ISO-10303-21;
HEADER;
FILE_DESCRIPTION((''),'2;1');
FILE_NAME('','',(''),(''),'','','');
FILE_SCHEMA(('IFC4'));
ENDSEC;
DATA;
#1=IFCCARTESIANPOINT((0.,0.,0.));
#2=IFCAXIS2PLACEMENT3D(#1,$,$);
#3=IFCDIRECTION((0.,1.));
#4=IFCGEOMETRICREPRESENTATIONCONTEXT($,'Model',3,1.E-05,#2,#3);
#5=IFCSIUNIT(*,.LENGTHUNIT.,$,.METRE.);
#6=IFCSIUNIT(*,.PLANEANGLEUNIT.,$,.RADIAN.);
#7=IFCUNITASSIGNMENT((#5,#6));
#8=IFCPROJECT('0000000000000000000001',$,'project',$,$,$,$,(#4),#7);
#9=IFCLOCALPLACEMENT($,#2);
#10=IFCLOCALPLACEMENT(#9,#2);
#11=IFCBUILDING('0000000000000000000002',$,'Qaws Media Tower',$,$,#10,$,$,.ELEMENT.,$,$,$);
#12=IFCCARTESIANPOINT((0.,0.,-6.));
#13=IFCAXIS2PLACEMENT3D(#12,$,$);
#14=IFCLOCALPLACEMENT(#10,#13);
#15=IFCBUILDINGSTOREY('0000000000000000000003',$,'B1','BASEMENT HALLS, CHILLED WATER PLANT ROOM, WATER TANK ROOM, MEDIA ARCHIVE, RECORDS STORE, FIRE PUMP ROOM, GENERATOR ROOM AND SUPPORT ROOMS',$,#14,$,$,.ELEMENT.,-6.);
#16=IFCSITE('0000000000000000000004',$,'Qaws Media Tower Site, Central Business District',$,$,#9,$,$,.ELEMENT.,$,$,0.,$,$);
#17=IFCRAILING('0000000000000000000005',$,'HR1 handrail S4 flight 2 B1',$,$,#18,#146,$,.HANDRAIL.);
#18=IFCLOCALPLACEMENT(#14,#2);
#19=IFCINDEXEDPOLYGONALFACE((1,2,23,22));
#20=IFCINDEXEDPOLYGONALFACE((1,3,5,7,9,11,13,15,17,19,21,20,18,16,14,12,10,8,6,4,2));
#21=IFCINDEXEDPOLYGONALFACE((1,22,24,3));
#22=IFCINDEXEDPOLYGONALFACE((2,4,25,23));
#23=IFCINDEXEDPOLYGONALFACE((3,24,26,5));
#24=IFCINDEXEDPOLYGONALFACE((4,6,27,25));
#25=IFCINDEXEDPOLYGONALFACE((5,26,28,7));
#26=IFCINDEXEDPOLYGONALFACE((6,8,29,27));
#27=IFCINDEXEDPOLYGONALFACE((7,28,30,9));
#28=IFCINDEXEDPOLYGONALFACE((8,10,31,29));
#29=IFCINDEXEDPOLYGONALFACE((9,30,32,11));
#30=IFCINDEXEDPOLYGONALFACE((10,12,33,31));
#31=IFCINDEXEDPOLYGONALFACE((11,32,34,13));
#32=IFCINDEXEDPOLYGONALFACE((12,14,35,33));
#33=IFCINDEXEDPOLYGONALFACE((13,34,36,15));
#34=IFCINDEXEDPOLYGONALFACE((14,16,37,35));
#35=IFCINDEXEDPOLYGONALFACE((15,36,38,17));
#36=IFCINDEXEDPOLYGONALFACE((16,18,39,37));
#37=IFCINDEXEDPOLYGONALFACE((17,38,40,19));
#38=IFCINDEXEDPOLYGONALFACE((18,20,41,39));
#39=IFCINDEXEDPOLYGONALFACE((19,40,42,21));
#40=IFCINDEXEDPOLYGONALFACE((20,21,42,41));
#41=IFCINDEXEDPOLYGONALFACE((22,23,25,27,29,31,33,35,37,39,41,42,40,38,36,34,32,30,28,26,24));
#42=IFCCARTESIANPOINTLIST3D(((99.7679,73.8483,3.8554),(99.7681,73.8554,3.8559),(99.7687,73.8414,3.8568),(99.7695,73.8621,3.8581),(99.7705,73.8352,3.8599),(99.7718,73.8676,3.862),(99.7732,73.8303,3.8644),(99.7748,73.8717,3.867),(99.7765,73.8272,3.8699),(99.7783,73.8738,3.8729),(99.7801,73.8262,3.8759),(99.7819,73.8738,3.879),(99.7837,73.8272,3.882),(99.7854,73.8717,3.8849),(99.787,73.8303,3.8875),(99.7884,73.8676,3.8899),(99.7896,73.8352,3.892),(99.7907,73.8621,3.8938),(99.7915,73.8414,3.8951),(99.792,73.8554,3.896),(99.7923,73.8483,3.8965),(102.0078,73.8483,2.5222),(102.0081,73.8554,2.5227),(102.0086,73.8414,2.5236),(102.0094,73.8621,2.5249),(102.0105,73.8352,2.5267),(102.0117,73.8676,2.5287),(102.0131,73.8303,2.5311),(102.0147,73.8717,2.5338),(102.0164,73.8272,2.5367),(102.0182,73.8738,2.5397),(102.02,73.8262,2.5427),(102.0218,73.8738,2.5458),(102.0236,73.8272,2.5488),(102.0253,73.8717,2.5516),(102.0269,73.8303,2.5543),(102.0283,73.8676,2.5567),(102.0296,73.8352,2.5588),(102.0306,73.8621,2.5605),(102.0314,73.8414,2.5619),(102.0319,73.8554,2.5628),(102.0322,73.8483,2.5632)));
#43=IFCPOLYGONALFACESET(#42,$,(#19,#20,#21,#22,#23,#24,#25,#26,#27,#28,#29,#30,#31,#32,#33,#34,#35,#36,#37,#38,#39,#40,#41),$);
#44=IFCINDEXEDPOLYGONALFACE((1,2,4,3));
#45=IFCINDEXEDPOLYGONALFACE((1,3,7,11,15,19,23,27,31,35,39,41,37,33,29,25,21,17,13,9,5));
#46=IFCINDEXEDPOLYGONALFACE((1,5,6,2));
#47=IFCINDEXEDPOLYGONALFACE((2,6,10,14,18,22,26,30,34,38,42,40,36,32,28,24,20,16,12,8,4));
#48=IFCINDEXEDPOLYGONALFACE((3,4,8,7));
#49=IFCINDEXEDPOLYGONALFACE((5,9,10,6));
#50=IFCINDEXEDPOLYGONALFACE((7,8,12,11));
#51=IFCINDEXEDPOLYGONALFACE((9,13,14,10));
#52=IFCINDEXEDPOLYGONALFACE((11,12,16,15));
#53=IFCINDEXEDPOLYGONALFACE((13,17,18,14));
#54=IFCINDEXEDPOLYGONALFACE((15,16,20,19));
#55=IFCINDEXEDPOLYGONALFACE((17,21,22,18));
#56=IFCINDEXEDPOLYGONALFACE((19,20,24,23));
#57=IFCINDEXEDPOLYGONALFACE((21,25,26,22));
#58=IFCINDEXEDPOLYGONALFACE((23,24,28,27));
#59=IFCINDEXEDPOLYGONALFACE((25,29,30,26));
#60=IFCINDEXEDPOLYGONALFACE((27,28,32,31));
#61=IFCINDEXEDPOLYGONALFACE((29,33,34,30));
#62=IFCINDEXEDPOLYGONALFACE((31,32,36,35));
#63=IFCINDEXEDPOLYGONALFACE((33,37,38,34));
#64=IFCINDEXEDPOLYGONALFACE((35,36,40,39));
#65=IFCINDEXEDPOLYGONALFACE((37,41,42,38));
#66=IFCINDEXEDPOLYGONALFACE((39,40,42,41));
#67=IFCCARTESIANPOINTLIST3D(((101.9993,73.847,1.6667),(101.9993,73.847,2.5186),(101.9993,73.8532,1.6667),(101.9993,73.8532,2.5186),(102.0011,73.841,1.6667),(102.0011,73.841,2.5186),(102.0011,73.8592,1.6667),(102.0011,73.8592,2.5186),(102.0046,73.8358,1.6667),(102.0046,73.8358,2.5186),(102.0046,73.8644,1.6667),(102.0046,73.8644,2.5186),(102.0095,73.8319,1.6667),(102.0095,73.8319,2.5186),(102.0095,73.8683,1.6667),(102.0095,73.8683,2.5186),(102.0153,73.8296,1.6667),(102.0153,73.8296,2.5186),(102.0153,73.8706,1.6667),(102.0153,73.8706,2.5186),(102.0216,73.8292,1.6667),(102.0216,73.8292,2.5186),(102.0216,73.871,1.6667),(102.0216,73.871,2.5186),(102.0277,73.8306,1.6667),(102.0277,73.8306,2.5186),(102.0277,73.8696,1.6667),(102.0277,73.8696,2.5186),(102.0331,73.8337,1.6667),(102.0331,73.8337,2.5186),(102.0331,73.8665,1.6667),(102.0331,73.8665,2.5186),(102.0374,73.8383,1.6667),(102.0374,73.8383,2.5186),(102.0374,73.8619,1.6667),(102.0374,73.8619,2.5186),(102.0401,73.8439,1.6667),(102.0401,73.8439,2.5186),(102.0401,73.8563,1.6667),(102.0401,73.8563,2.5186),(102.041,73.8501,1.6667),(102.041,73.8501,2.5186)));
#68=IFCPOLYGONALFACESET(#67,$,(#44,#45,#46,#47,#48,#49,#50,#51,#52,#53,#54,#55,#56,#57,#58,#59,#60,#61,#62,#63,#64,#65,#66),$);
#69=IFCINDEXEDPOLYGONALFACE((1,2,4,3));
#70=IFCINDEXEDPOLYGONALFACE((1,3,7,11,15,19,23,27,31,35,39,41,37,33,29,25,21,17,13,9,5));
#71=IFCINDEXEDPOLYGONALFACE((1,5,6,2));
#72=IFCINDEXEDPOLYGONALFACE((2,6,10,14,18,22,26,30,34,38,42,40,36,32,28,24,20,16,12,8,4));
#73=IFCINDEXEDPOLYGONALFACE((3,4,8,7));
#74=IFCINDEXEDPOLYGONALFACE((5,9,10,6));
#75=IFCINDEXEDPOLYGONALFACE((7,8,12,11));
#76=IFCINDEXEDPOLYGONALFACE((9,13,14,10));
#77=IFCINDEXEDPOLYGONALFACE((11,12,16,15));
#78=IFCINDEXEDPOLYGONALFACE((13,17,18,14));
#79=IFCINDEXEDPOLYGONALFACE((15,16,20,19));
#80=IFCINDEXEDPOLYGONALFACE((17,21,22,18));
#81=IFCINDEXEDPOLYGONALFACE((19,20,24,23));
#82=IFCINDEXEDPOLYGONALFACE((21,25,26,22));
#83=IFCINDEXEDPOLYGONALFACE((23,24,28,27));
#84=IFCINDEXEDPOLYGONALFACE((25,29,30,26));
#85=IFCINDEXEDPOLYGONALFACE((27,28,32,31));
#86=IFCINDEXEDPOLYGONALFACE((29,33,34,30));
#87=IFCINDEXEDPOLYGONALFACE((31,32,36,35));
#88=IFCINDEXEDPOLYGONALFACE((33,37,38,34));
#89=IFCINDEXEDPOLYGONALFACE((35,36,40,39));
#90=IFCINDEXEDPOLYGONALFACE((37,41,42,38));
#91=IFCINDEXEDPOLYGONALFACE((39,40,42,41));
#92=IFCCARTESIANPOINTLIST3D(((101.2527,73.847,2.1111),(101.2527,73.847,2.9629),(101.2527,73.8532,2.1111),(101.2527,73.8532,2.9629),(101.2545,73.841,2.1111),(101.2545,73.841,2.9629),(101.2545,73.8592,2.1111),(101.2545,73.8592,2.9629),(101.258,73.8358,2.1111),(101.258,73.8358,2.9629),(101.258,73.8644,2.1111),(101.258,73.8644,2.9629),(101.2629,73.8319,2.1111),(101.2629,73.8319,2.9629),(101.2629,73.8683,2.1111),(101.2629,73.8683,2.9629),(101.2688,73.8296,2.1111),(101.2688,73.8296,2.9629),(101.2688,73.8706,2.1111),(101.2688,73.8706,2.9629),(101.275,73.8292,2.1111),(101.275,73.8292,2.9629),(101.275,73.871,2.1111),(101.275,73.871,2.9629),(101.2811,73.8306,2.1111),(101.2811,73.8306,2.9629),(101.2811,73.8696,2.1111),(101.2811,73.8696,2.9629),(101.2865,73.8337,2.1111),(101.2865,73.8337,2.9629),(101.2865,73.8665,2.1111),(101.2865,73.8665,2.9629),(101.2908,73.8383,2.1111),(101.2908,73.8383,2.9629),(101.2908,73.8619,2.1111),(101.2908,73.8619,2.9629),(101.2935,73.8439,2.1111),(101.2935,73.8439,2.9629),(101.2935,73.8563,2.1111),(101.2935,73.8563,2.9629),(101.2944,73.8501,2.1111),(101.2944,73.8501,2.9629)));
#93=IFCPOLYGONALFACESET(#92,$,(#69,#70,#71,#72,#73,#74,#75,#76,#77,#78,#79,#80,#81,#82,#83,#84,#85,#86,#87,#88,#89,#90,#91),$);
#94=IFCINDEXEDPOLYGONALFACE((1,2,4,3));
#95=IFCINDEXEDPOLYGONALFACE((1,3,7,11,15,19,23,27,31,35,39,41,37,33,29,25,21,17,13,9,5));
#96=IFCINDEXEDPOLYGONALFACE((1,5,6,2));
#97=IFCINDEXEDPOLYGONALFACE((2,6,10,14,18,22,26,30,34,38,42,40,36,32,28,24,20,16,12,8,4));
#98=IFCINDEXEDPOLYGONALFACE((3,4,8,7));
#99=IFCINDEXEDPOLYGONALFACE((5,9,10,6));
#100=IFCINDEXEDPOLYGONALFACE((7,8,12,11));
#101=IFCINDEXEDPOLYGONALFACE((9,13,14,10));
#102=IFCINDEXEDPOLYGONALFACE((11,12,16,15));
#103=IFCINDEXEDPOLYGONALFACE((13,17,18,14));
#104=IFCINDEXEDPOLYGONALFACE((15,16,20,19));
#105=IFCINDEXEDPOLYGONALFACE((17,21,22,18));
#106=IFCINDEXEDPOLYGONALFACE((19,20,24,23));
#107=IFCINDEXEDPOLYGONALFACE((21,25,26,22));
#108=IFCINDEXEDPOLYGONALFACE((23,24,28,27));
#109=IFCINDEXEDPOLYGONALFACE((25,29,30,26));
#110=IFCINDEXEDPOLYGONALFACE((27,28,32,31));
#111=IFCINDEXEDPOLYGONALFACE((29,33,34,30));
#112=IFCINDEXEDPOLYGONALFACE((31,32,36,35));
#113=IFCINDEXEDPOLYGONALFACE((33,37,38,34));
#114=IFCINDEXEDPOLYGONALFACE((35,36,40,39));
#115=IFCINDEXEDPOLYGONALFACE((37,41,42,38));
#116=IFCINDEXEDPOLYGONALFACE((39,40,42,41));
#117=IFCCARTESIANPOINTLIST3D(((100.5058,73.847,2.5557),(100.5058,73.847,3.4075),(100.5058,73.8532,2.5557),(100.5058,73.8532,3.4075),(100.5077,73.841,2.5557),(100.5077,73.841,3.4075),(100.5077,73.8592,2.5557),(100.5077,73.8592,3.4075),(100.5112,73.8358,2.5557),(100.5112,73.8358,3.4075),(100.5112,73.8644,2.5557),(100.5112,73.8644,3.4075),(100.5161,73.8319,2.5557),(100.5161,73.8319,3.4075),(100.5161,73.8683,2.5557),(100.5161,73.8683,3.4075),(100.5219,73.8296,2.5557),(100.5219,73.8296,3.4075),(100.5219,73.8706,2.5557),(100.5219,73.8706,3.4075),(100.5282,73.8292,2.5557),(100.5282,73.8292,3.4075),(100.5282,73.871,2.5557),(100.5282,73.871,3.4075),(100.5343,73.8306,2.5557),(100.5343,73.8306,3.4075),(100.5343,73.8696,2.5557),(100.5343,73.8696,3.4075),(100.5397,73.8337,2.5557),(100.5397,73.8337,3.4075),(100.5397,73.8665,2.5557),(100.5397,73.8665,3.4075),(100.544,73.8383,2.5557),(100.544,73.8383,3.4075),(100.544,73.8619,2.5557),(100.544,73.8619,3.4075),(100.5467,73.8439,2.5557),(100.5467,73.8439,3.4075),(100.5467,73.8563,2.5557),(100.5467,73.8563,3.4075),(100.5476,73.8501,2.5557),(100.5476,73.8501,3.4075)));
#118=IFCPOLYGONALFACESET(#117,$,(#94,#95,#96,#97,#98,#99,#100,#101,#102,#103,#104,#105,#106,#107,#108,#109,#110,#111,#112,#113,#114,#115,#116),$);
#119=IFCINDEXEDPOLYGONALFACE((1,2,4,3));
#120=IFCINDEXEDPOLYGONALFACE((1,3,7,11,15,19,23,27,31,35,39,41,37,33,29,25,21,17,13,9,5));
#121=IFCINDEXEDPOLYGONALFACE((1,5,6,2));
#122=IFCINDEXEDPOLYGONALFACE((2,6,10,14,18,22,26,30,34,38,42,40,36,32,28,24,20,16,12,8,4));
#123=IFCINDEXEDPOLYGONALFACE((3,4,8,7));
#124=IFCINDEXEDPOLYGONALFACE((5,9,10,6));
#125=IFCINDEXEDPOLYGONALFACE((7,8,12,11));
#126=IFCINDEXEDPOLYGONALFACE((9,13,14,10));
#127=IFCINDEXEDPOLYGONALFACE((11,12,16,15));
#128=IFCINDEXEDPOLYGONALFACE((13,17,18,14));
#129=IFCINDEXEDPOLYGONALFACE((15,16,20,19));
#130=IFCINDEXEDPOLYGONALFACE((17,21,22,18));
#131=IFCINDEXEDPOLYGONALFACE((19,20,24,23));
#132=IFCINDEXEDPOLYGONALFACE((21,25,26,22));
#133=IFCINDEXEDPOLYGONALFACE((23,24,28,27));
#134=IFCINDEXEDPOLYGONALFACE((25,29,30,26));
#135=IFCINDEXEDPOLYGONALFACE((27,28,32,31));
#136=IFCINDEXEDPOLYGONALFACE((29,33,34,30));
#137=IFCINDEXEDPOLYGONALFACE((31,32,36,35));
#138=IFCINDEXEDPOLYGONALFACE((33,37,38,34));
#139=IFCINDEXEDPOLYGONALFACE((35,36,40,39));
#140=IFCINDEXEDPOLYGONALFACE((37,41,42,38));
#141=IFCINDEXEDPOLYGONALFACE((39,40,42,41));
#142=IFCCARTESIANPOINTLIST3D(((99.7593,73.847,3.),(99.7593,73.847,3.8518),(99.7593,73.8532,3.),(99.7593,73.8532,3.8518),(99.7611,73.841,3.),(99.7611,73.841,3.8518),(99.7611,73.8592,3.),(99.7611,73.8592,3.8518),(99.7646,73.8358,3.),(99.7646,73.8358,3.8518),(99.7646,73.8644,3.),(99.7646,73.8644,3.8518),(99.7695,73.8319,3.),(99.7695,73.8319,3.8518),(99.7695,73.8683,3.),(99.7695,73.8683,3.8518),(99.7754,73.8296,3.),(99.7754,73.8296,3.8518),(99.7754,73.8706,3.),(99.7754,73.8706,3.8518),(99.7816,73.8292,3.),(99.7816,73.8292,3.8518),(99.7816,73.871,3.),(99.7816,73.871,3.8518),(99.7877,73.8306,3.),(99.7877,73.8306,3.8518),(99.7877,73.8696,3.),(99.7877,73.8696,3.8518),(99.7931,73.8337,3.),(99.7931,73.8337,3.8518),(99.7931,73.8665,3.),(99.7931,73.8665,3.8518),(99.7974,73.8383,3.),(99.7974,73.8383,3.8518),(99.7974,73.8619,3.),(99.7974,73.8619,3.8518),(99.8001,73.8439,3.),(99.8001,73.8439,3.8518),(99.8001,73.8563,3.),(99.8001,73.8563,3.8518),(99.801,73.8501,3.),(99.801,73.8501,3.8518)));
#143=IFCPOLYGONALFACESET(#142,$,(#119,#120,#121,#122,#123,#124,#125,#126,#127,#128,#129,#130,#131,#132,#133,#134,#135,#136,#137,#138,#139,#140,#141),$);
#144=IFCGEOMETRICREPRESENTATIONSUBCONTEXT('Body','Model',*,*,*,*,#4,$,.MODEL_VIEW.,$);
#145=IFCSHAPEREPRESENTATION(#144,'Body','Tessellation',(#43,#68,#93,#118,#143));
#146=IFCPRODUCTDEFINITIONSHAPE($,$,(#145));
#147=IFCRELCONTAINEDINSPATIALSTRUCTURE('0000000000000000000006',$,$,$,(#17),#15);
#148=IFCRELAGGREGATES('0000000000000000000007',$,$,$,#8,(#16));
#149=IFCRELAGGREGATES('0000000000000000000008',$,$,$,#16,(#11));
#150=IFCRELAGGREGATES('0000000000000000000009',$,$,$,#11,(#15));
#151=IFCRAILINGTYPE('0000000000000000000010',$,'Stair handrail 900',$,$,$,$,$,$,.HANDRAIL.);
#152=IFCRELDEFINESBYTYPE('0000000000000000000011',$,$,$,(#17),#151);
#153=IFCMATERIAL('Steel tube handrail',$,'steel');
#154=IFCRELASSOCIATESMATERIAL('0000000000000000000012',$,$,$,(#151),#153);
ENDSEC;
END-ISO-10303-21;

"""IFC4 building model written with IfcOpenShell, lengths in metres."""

from ifc_helpers import new_model, si_unit, direction, frame, origin, origin_2d, place, context, subcontext, project, spatial, circle, extrude, material, type_object, element, save


model = new_model("IFC4")

# Units and contexts
model_context = context("Model", 3, precision=1e-05, world=origin(), true_north=direction((0.0, 1.0)))
body_context = subcontext(model_context, "Body", "Model", "MODEL_VIEW")
ifc_project = project(units=[si_unit("LENGTHUNIT", "METRE"), si_unit("PLANEANGLEUNIT", "RADIAN")], contexts=[model_context])

# Site, building, storey
site_placement = place(None, origin())
site = spatial("IfcSite", under=ifc_project, at=site_placement, Name="Qaws Media Tower Site, Central Business District", CompositionType="ELEMENT", RefElevation=0.0)
building_placement = place(site_placement, origin())
building = spatial("IfcBuilding", under=site, at=building_placement, Name="Qaws Media Tower", CompositionType="ELEMENT")
storey_placement = place(building_placement, frame((0.0, 0.0, -6.0)))
storey = spatial("IfcBuildingStorey", under=building, at=storey_placement, Name="B1", Description="BASEMENT HALLS, CHILLED WATER PLANT ROOM, WATER TANK ROOM, MEDIA ARCHIVE, RECORDS STORE, FIRE PUMP ROOM, GENERATOR ROOM AND SUPPORT ROOMS", CompositionType="ELEMENT", Elevation=-6.0)

# Railing
ifc_material_1 = material(Name="Steel tube handrail", Category="steel")
railing_type = type_object("IfcRailingType", Name="Stair handrail 900", PredefinedType="HANDRAIL", material=ifc_material_1)
for number, where, name in (
    (1, (102.02, 73.8501, 1.6667), "HR1 handrail S4 flight 2 B1"),
):
    element("IfcRailing", number, at=place(storey_placement, frame(where)), inside=storey, type_object=railing_type, Name=name, PredefinedType="HANDRAIL", context=body_context, shape_type="SweptSolid", body=[
        extrude(circle(Radius=0.0239, at=origin_2d()), frame((0.0, 0.0, 0.876), z_axis=(-0.859306, 0.0, 0.511462), x_axis=(0.0, -1.0, 0.0)), (0.0, 0.0, 1.0), 2.6067),
        extrude(circle(Radius=0.021, at=origin_2d()), origin(), (0.0, 0.0, 1.0), 0.8518),
        extrude(circle(Radius=0.021, at=origin_2d()), frame((-0.7466, 0.0, 0.4443)), (0.0, 0.0, 1.0), 0.8518),
        extrude(circle(Radius=0.021, at=origin_2d()), frame((-1.4934, 0.0, 0.8889)), (0.0, 0.0, 1.0), 0.8518),
        extrude(circle(Radius=0.021, at=origin_2d()), frame((-2.24, 0.0, 1.3333)), (0.0, 0.0, 1.0), 0.8518),
    ])

save(model, "model.ifc")
